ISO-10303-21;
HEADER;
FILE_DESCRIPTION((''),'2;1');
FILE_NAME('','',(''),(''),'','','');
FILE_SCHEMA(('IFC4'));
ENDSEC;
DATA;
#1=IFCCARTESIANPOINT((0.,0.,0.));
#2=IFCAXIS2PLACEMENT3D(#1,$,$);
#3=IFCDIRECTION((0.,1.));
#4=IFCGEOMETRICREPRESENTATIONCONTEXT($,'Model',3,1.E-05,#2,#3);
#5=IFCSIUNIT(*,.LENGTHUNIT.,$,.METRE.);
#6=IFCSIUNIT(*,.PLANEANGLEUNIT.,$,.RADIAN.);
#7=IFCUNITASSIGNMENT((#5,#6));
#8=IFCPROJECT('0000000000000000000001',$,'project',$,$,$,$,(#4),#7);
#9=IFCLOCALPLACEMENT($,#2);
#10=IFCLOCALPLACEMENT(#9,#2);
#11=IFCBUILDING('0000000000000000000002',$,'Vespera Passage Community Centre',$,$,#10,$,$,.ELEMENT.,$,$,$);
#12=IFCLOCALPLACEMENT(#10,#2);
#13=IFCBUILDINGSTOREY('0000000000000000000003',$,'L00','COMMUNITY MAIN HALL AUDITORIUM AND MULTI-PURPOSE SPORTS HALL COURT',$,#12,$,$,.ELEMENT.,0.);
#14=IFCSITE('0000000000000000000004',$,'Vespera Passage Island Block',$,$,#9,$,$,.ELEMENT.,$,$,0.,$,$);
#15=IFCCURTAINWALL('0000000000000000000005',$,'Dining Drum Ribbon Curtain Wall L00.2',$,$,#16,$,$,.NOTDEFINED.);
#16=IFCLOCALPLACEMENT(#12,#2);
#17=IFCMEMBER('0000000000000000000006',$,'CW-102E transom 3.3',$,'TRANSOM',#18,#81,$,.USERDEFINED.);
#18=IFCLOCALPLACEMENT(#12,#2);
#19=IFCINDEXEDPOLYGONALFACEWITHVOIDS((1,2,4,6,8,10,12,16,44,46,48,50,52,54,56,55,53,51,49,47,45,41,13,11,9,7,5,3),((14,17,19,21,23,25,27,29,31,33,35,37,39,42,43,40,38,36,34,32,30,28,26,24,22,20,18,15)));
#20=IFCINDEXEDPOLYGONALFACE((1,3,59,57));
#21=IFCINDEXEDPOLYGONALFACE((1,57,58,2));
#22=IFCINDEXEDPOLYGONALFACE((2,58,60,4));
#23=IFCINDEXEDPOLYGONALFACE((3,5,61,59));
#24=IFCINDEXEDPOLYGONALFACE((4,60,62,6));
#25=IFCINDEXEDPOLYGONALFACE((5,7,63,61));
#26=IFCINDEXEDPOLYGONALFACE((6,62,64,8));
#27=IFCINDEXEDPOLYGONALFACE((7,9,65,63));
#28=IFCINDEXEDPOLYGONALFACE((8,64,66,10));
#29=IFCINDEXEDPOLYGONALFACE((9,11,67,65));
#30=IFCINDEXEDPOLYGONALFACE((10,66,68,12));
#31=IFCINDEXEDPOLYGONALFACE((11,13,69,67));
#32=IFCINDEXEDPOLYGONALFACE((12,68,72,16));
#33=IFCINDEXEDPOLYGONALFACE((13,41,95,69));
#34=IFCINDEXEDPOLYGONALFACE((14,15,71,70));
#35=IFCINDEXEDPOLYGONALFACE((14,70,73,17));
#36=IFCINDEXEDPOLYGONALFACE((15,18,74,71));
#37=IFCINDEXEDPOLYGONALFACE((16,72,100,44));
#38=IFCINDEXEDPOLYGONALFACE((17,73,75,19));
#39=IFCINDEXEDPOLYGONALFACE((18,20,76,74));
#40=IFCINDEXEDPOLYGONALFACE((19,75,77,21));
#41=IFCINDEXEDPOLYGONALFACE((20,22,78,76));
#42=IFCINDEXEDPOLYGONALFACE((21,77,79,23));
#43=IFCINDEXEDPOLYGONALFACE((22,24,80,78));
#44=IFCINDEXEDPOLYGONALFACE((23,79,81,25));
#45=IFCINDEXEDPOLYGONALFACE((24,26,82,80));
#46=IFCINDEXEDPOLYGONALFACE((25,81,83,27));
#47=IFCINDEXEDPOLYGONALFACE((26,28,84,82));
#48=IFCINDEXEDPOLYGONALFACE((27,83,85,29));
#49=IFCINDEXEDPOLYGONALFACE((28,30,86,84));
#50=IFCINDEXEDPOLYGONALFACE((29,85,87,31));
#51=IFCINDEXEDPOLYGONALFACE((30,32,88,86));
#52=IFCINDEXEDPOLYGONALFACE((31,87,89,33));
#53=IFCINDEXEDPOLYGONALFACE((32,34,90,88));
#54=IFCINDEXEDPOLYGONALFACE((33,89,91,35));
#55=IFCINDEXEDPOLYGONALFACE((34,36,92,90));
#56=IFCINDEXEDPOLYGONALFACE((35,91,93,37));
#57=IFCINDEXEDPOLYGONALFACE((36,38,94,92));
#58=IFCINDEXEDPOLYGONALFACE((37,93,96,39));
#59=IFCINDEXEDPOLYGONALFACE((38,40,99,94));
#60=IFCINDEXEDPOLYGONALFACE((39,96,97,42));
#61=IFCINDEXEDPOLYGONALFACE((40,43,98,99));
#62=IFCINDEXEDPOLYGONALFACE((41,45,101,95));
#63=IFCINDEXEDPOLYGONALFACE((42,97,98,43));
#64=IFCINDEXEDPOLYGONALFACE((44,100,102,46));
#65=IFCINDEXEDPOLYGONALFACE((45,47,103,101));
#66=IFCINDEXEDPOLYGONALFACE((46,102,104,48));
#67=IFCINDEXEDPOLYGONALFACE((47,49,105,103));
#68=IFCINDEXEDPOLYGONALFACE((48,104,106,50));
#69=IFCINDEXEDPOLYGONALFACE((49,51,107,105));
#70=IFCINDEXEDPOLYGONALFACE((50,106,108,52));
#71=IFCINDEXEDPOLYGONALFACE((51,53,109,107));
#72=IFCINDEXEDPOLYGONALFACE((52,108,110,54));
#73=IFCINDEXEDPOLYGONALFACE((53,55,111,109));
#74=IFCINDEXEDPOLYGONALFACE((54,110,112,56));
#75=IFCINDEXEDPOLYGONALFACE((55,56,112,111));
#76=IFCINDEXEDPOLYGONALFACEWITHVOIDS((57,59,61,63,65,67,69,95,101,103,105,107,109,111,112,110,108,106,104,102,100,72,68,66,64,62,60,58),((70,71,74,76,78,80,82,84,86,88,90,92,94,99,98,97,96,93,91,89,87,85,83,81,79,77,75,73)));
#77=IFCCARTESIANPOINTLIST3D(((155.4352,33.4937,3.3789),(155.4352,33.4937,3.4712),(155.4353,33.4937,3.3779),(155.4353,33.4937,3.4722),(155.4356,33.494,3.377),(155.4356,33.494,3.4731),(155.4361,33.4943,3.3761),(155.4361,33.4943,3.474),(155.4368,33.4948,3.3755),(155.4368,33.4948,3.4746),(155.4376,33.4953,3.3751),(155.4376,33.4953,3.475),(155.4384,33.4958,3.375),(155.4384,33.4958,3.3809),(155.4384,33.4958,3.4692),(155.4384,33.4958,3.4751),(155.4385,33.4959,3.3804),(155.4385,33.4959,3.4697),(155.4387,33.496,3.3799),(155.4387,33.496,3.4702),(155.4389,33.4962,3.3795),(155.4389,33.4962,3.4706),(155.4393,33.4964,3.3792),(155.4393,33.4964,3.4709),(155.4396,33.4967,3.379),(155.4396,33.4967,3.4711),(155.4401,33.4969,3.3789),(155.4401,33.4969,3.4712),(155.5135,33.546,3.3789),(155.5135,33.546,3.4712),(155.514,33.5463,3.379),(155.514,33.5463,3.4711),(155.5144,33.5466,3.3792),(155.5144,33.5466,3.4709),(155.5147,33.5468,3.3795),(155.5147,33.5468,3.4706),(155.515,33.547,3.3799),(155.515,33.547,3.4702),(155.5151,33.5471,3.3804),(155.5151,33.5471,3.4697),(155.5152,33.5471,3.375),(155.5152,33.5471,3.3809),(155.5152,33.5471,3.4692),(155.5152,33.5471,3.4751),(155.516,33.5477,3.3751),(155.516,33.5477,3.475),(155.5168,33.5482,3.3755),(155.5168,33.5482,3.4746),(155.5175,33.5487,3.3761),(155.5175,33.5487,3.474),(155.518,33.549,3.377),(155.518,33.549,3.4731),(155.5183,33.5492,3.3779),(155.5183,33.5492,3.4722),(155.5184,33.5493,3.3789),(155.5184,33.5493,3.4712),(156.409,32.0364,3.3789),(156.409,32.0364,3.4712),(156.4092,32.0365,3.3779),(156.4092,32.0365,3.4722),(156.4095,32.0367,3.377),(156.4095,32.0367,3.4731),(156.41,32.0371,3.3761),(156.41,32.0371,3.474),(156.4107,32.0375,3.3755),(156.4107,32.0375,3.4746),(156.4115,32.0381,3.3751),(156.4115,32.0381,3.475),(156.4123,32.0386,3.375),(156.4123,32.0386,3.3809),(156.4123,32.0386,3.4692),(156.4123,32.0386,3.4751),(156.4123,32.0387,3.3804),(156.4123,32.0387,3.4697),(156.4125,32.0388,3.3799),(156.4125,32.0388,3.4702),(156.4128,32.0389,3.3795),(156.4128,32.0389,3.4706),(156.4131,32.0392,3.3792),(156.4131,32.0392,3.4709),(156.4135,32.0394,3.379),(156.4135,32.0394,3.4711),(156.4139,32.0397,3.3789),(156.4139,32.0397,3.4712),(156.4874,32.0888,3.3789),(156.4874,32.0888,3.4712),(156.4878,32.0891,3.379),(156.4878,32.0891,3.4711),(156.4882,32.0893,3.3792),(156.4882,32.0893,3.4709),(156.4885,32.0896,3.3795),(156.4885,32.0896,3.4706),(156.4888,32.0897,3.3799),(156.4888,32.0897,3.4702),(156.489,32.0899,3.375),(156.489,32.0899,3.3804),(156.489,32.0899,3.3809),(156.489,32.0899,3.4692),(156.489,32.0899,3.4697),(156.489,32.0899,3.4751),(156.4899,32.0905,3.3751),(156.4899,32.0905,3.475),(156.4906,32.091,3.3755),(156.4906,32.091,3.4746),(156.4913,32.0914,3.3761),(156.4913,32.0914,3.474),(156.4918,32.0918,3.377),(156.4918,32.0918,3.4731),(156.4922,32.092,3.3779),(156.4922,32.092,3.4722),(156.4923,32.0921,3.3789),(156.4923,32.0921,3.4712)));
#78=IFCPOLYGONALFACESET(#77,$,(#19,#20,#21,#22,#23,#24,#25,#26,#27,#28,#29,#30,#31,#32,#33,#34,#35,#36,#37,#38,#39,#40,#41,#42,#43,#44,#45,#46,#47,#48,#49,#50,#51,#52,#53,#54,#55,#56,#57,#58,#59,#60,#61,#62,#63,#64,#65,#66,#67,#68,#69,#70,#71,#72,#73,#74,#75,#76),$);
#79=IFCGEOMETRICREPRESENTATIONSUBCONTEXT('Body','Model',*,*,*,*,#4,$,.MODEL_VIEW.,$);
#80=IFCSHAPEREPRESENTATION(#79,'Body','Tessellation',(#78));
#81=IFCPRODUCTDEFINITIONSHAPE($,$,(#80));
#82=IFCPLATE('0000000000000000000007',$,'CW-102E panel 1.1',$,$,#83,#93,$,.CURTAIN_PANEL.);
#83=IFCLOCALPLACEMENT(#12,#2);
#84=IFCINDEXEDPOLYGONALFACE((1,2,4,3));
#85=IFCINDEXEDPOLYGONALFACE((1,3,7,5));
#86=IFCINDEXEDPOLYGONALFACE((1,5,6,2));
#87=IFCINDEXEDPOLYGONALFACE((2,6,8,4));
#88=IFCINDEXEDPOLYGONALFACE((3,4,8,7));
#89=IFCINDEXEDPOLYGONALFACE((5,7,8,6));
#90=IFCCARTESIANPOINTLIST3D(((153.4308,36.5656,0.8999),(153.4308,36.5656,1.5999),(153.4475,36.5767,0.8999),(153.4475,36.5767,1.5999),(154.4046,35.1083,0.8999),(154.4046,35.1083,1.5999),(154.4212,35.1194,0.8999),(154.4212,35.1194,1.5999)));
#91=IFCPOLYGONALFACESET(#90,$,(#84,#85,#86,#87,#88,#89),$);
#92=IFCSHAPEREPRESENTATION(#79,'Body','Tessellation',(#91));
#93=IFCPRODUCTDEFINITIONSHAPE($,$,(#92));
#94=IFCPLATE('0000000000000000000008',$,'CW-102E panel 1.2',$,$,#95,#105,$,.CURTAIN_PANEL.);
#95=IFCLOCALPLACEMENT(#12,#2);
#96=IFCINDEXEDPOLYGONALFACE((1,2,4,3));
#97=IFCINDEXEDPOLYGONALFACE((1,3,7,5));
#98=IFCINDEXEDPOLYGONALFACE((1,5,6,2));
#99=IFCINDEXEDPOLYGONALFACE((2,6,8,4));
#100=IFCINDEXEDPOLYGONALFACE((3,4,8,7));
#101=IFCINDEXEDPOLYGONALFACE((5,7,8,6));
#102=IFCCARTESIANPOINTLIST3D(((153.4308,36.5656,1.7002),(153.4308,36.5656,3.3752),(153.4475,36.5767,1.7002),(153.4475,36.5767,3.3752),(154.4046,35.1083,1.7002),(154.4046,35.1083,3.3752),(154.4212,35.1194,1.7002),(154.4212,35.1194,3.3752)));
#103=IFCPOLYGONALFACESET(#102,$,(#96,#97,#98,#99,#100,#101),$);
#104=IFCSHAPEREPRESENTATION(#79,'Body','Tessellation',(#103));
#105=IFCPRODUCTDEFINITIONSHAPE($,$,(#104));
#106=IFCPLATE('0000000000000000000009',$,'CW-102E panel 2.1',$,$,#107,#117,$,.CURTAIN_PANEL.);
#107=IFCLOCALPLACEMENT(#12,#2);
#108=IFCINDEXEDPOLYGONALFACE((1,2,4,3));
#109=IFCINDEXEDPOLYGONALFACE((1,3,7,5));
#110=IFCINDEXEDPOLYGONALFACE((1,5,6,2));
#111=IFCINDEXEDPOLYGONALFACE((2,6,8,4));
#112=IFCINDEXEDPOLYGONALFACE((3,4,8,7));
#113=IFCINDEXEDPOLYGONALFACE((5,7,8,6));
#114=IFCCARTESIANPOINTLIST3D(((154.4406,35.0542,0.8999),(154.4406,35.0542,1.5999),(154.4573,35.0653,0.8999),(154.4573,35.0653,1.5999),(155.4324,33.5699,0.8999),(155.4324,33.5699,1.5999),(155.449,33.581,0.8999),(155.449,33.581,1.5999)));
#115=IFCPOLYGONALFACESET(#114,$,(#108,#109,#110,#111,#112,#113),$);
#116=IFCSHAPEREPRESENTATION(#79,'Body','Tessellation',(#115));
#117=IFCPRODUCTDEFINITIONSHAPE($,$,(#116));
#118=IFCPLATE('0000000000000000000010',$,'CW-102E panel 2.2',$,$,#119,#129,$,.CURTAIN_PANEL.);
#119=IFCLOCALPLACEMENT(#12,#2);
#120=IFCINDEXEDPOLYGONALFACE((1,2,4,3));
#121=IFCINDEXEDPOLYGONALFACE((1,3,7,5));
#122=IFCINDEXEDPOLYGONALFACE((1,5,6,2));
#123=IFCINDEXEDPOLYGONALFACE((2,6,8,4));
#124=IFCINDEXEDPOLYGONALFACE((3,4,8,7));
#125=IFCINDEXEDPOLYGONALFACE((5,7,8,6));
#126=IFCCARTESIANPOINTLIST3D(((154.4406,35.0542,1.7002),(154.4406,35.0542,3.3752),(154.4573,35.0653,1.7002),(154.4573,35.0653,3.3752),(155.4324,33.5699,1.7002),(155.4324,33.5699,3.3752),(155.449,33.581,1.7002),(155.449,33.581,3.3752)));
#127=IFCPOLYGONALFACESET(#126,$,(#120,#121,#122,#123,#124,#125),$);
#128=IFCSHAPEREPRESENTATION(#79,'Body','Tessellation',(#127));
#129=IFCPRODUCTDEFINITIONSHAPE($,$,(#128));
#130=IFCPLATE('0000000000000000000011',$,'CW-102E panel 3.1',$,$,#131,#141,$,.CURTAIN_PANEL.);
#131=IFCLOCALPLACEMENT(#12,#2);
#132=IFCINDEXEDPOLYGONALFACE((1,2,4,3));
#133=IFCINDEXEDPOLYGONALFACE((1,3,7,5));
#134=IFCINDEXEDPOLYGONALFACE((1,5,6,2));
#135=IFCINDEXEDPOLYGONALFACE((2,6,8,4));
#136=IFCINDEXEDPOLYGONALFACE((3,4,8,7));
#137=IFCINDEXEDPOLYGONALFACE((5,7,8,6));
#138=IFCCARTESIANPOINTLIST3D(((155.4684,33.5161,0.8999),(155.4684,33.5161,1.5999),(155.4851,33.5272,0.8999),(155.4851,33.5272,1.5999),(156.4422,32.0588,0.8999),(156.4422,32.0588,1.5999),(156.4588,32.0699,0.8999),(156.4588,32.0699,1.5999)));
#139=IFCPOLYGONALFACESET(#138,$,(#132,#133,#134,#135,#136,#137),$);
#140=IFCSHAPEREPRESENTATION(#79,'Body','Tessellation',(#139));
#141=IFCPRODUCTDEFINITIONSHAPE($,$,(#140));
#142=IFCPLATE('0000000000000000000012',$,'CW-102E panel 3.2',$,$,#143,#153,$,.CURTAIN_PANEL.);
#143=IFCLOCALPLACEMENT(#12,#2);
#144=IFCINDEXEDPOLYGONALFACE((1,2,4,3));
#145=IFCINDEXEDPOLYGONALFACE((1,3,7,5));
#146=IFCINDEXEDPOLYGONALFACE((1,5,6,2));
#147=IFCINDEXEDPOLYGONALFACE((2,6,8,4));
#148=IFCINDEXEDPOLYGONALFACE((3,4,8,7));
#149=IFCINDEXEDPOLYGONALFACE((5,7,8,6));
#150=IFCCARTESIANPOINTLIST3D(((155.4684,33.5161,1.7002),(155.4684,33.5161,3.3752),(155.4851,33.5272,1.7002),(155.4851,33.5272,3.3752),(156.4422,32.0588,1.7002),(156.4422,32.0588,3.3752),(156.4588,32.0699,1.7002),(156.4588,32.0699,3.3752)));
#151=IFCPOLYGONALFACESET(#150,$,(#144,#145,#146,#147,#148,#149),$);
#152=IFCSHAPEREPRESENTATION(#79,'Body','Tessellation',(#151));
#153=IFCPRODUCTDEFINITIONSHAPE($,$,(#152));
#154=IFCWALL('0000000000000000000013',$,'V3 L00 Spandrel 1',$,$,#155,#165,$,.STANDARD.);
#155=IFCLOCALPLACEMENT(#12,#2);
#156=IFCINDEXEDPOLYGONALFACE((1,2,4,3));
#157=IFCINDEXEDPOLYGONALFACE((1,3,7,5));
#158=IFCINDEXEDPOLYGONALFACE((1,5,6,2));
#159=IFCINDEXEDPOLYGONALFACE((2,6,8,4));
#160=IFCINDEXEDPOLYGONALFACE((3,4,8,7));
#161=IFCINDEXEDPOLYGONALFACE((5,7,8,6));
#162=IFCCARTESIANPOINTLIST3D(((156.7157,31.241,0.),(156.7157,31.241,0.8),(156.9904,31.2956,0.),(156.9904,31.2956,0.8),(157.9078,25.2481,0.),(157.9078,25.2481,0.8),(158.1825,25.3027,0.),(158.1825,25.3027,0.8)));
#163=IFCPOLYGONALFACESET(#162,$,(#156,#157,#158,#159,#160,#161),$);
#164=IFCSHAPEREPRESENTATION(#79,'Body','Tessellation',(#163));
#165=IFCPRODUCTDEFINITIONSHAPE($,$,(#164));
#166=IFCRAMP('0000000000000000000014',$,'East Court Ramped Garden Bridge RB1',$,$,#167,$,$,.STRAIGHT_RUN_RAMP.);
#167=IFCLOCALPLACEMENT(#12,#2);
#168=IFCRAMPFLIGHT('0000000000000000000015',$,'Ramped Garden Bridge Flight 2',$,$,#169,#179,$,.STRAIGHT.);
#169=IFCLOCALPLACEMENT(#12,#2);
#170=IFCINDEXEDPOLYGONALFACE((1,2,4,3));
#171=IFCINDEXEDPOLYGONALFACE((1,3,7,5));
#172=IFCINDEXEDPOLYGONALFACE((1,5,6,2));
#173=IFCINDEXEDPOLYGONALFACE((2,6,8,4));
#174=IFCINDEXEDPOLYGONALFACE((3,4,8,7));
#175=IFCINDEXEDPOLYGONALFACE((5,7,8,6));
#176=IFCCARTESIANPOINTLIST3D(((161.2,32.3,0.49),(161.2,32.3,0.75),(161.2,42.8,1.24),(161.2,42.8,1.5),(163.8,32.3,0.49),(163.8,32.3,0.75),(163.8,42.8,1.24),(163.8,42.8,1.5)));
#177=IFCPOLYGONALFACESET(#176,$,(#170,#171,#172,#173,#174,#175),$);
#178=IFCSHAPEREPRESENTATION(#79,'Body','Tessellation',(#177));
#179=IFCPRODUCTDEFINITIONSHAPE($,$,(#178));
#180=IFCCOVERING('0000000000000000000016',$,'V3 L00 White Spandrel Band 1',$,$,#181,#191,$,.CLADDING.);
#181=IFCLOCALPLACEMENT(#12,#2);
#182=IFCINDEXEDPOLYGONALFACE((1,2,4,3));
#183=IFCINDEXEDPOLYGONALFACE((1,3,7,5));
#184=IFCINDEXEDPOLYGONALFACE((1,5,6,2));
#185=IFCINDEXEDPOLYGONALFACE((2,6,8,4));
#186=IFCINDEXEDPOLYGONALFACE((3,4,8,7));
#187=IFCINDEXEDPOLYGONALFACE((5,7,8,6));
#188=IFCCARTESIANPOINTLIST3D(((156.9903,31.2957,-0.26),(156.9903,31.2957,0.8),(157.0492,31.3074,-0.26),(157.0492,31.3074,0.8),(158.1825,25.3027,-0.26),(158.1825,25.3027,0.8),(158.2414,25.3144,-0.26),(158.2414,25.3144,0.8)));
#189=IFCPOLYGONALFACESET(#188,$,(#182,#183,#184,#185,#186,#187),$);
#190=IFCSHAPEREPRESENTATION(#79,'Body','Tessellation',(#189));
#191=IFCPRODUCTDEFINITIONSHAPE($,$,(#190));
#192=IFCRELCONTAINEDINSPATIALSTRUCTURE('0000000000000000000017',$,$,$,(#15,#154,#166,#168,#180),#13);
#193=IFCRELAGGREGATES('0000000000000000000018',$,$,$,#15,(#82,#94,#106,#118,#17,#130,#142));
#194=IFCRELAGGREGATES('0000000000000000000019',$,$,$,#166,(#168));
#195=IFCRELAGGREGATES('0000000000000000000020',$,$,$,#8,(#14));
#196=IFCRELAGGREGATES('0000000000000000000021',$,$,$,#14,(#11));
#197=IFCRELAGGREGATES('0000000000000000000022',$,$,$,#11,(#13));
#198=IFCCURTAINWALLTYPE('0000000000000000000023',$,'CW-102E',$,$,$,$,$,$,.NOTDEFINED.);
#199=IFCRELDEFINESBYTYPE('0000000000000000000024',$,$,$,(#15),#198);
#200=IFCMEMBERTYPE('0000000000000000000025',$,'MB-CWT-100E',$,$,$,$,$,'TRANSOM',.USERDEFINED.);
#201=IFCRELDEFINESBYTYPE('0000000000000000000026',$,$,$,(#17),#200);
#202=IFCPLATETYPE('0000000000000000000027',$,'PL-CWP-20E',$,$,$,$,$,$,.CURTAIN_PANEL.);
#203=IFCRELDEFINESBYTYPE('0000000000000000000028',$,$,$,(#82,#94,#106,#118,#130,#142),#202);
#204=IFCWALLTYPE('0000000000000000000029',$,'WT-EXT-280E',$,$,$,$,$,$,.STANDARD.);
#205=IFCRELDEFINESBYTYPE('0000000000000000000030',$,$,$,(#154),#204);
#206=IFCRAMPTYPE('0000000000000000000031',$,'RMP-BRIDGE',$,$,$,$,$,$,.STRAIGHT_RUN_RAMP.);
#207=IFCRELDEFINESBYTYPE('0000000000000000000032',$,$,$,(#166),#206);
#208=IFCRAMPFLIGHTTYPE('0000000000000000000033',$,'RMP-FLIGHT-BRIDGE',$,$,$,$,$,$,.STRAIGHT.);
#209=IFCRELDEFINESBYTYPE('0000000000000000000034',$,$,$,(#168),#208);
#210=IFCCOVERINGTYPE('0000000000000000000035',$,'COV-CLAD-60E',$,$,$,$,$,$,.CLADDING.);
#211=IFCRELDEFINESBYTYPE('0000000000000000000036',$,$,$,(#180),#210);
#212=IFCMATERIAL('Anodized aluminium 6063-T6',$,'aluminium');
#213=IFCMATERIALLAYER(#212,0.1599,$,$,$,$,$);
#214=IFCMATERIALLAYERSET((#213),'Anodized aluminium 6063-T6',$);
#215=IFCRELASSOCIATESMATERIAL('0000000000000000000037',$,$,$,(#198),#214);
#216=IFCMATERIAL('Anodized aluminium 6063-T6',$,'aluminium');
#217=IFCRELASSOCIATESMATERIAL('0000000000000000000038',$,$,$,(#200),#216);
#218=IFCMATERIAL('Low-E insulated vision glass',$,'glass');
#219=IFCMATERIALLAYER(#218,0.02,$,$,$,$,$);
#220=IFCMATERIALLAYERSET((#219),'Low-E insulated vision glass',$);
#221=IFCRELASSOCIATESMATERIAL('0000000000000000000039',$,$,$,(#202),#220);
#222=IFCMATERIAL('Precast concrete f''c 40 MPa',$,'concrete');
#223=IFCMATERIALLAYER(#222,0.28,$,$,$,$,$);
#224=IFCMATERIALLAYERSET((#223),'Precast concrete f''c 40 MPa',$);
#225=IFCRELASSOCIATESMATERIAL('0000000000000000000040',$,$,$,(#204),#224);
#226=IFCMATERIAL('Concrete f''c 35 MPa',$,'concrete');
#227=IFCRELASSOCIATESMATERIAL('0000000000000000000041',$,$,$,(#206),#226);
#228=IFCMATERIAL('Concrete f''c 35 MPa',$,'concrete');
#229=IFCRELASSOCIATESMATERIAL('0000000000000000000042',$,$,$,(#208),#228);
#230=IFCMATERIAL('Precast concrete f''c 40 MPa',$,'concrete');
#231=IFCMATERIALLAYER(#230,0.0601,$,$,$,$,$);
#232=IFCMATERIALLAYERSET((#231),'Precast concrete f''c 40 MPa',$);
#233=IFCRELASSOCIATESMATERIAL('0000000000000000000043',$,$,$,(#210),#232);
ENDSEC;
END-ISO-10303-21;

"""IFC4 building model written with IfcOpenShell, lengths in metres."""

from ifc_helpers import new_model, si_unit, direction, frame, frame_2d, origin, origin_2d, place, context, subcontext, project, spatial, polyline, rectangle, hollow_rectangle, outline, extrude, material, layer, layer_set, material_profile, profile_set, type_object, element, aggregate, save


model = new_model("IFC4")

# Units and contexts
model_context = context("Model", 3, precision=1e-05, world=origin(), true_north=direction((0.0, 1.0)))
body_context = subcontext(model_context, "Body", "Model", "MODEL_VIEW")
ifc_project = project(units=[si_unit("LENGTHUNIT", "METRE"), si_unit("PLANEANGLEUNIT", "RADIAN")], contexts=[model_context])

# Site, building, storey
site_placement = place(None, origin())
site = spatial("IfcSite", under=ifc_project, at=site_placement, Name="Vespera Passage Island Block", CompositionType="ELEMENT", RefElevation=0.0)
building_placement = place(site_placement, origin())
building = spatial("IfcBuilding", under=site, at=building_placement, Name="Vespera Passage Community Centre", CompositionType="ELEMENT")
storey_placement = place(building_placement, origin())
storey = spatial("IfcBuildingStorey", under=building, at=storey_placement, Name="L00", Description="COMMUNITY MAIN HALL AUDITORIUM AND MULTI-PURPOSE SPORTS HALL COURT", CompositionType="ELEMENT", Elevation=0.0)

# Curtain wall
ifc_material_1 = material(Name="Anodized aluminium 6063-T6", Category="aluminium")
ifc_layer_1 = layer(ifc_material_1, 0.1599)
ifc_layer_set_1 = layer_set([ifc_layer_1], Name="Anodized aluminium 6063-T6")
curtain_wall_type_1 = type_object("IfcCurtainWallType", Name="CW-102E", PredefinedType="NOTDEFINED", material=ifc_layer_set_1)
curtain_wall_1_placement = place(storey_placement, origin())
curtain_wall_1 = element("IfcCurtainWall", 1, at=curtain_wall_1_placement, inside=storey, type_object=curtain_wall_type_1, Name="Dining Drum Ribbon Curtain Wall L00.2", PredefinedType="NOTDEFINED")

# Member
ifc_material_2 = material(Name="Anodized aluminium 6063-T6", Category="aluminium")
ifc_material_profile_1 = material_profile(ifc_material_2, hollow_rectangle(XDim=0.1001, YDim=0.1001, WallThickness=0.0039, InnerFilletRadius=0.002, OuterFilletRadius=0.0039, at=origin_2d()), Name="ALU100X100X4")
ifc_profile_set_1 = profile_set([ifc_material_profile_1], Name="Anodized aluminium 6063-T6")
member_type_1 = type_object("IfcMemberType", Name="MB-CWT-100E", ElementType="TRANSOM", PredefinedType="USERDEFINED", material=ifc_profile_set_1)
member_1_placement = place(storey_placement, frame((155.4768, 33.5215, 3.425), z_axis=(0.555632, -0.831428, 0.0), x_axis=(0.831428, 0.555632, 0.0)))
member_1 = element("IfcMember", 2, at=member_1_placement, type_object=member_type_1, Name="CW-102E transom 3.3", ObjectType="TRANSOM", PredefinedType="USERDEFINED", context=body_context, shape_type="SweptSolid", body=[
    extrude(hollow_rectangle(XDim=0.1001, YDim=0.1001, WallThickness=0.0039, InnerFilletRadius=0.002, OuterFilletRadius=0.0039, at=origin_2d()), origin(), (0.0, 0.0, 1.0), 1.7527),
])

# Plates
ifc_material_3 = material(Name="Low-E insulated vision glass", Category="glass")
ifc_layer_2 = layer(ifc_material_3, 0.02)
ifc_layer_set_2 = layer_set([ifc_layer_2], Name="Low-E insulated vision glass")
plate_type = type_object("IfcPlateType", Name="PL-CWP-20E", PredefinedType="CURTAIN_PANEL", material=ifc_layer_set_2)
plate_1_placement = place(storey_placement, frame((153.926, 35.8425, 0.8999), z_axis=(0.0, 0.0, 1.0), x_axis=(0.555565, -0.831473, 0.0)))
plate_1 = element("IfcPlate", 3, at=plate_1_placement, type_object=plate_type, Name="CW-102E panel 1.1", PredefinedType="CURTAIN_PANEL", context=body_context, shape_type="SweptSolid", body=[
    extrude(rectangle(XDim=1.7527, YDim=0.02, at=origin_2d()), origin(), (0.0, 0.0, 1.0), 0.7),
])
plate_2_placement = place(storey_placement, frame((153.926, 35.8425, 1.7002), z_axis=(0.0, 0.0, 1.0), x_axis=(0.555565, -0.831473, 0.0)))
plate_2 = element("IfcPlate", 4, at=plate_2_placement, type_object=plate_type, Name="CW-102E panel 1.2", PredefinedType="CURTAIN_PANEL", context=body_context, shape_type="SweptSolid", body=[
    extrude(rectangle(XDim=1.7527, YDim=0.02, at=origin_2d()), origin(), (0.0, 0.0, 1.0), 1.675),
])
plate_3_placement = place(storey_placement, frame((154.9448, 34.3176, 0.8999), z_axis=(0.0, 0.0, 1.0), x_axis=(0.555565, -0.831473, 0.0)))
plate_3 = element("IfcPlate", 5, at=plate_3_placement, type_object=plate_type, Name="CW-102E panel 2.1", PredefinedType="CURTAIN_PANEL", context=body_context, shape_type="SweptSolid", body=[
    extrude(rectangle(XDim=1.7852, YDim=0.02, at=origin_2d()), origin(), (0.0, 0.0, 1.0), 0.7),
])
plate_4_placement = place(storey_placement, frame((154.9448, 34.3176, 1.7002), z_axis=(0.0, 0.0, 1.0), x_axis=(0.555565, -0.831473, 0.0)))
plate_4 = element("IfcPlate", 6, at=plate_4_placement, type_object=plate_type, Name="CW-102E panel 2.2", PredefinedType="CURTAIN_PANEL", context=body_context, shape_type="SweptSolid", body=[
    extrude(rectangle(XDim=1.7852, YDim=0.02, at=origin_2d()), origin(), (0.0, 0.0, 1.0), 1.675),
])
plate_5_placement = place(storey_placement, frame((155.9636, 32.793, 0.8999), z_axis=(0.0, 0.0, 1.0), x_axis=(0.555565, -0.831473, 0.0)))
plate_5 = element("IfcPlate", 7, at=plate_5_placement, type_object=plate_type, Name="CW-102E panel 3.1", PredefinedType="CURTAIN_PANEL", context=body_context, shape_type="SweptSolid", body=[
    extrude(rectangle(XDim=1.7527, YDim=0.02, at=origin_2d()), origin(), (0.0, 0.0, 1.0), 0.7),
])
plate_6_placement = place(storey_placement, frame((155.9636, 32.793, 1.7002), z_axis=(0.0, 0.0, 1.0), x_axis=(0.555565, -0.831473, 0.0)))
plate_6 = element("IfcPlate", 8, at=plate_6_placement, type_object=plate_type, Name="CW-102E panel 3.2", PredefinedType="CURTAIN_PANEL", context=body_context, shape_type="SweptSolid", body=[
    extrude(rectangle(XDim=1.7527, YDim=0.02, at=origin_2d()), origin(), (0.0, 0.0, 1.0), 1.675),
])
aggregate(curtain_wall_1, [plate_1, plate_2, plate_3, plate_4, member_1, plate_5, plate_6])

# Wall
ifc_material_4 = material(Name="Precast concrete f'c 40 MPa", Category="concrete")
ifc_layer_3 = layer(ifc_material_4, 0.28)
ifc_layer_set_3 = layer_set([ifc_layer_3], Name="Precast concrete f'c 40 MPa")
wall_type = type_object("IfcWallType", Name="WT-EXT-280E", PredefinedType="STANDARD", material=ifc_layer_set_3)
wall_placement = place(storey_placement, frame((156.853, 31.2683, 0.0), z_axis=(0.0, 0.0, 1.0), x_axis=(0.195102, -0.980783, 0.0)))
element("IfcWall", 9, at=wall_placement, inside=storey, type_object=wall_type, Name="V3 L00 Spandrel 1", PredefinedType="STANDARD", context=body_context, shape_type="SweptSolid", body=[
    extrude(rectangle(XDim=6.1104, YDim=0.28, at=frame_2d((3.0552, 0.0))), origin(), (0.0, 0.0, 1.0), 0.8),
])

# Ramp, ramp flight
ifc_material_5 = material(Name="Concrete f'c 35 MPa", Category="concrete")
ramp_type = type_object("IfcRampType", Name="RMP-BRIDGE", PredefinedType="STRAIGHT_RUN_RAMP", material=ifc_material_5)
ramp_placement = place(storey_placement, origin())
ramp = element("IfcRamp", 10, at=ramp_placement, inside=storey, type_object=ramp_type, Name="East Court Ramped Garden Bridge RB1", PredefinedType="STRAIGHT_RUN_RAMP")
ifc_material_6 = material(Name="Concrete f'c 35 MPa", Category="concrete")
ramp_flight_type = type_object("IfcRampFlightType", Name="RMP-FLIGHT-BRIDGE", PredefinedType="STRAIGHT", material=ifc_material_6)
ramp_flight_placement = place(storey_placement, frame((162.5, 32.3, 0.75), z_axis=(0.0, 0.0, 1.0), x_axis=(0.0, 1.0, 0.0)))
ramp_flight = element("IfcRampFlight", 11, at=ramp_flight_placement, inside=storey, type_object=ramp_flight_type, Name="Ramped Garden Bridge Flight 2", PredefinedType="STRAIGHT", context=body_context, shape_type="SweptSolid", body=[
    extrude(outline(polyline([(0.0, 0.0), (10.5, 0.75), (10.5, 0.49), (0.0, -0.26), (0.0, 0.0)])), frame((0.0, 1.3, 0.0), z_axis=(0.0, -1.0, 0.0), x_axis=(1.0, 0.0, 0.0)), (0.0, 0.0, 1.0), 2.6001),
])
aggregate(ramp, [ramp_flight])

# Covering
ifc_material_7 = material(Name="Precast concrete f'c 40 MPa", Category="concrete")
ifc_layer_4 = layer(ifc_material_7, 0.0601)
ifc_layer_set_4 = layer_set([ifc_layer_4], Name="Precast concrete f'c 40 MPa")
covering_type = type_object("IfcCoveringType", Name="COV-CLAD-60E", PredefinedType="CLADDING", material=ifc_layer_set_4)
covering_placement = place(storey_placement, frame((157.0198, 31.3015, -0.26), z_axis=(0.0, 0.0, 1.0), x_axis=(0.195102, -0.980783, 0.0)))
element("IfcCovering", 12, at=covering_placement, inside=storey, type_object=covering_type, Name="V3 L00 White Spandrel Band 1", PredefinedType="CLADDING", context=body_context, shape_type="SweptSolid", body=[
    extrude(rectangle(XDim=6.1104, YDim=0.0601, at=frame_2d((3.0552, 0.0))), origin(), (0.0, 0.0, 1.0), 1.0601),
])

save(model, "model.ifc")
